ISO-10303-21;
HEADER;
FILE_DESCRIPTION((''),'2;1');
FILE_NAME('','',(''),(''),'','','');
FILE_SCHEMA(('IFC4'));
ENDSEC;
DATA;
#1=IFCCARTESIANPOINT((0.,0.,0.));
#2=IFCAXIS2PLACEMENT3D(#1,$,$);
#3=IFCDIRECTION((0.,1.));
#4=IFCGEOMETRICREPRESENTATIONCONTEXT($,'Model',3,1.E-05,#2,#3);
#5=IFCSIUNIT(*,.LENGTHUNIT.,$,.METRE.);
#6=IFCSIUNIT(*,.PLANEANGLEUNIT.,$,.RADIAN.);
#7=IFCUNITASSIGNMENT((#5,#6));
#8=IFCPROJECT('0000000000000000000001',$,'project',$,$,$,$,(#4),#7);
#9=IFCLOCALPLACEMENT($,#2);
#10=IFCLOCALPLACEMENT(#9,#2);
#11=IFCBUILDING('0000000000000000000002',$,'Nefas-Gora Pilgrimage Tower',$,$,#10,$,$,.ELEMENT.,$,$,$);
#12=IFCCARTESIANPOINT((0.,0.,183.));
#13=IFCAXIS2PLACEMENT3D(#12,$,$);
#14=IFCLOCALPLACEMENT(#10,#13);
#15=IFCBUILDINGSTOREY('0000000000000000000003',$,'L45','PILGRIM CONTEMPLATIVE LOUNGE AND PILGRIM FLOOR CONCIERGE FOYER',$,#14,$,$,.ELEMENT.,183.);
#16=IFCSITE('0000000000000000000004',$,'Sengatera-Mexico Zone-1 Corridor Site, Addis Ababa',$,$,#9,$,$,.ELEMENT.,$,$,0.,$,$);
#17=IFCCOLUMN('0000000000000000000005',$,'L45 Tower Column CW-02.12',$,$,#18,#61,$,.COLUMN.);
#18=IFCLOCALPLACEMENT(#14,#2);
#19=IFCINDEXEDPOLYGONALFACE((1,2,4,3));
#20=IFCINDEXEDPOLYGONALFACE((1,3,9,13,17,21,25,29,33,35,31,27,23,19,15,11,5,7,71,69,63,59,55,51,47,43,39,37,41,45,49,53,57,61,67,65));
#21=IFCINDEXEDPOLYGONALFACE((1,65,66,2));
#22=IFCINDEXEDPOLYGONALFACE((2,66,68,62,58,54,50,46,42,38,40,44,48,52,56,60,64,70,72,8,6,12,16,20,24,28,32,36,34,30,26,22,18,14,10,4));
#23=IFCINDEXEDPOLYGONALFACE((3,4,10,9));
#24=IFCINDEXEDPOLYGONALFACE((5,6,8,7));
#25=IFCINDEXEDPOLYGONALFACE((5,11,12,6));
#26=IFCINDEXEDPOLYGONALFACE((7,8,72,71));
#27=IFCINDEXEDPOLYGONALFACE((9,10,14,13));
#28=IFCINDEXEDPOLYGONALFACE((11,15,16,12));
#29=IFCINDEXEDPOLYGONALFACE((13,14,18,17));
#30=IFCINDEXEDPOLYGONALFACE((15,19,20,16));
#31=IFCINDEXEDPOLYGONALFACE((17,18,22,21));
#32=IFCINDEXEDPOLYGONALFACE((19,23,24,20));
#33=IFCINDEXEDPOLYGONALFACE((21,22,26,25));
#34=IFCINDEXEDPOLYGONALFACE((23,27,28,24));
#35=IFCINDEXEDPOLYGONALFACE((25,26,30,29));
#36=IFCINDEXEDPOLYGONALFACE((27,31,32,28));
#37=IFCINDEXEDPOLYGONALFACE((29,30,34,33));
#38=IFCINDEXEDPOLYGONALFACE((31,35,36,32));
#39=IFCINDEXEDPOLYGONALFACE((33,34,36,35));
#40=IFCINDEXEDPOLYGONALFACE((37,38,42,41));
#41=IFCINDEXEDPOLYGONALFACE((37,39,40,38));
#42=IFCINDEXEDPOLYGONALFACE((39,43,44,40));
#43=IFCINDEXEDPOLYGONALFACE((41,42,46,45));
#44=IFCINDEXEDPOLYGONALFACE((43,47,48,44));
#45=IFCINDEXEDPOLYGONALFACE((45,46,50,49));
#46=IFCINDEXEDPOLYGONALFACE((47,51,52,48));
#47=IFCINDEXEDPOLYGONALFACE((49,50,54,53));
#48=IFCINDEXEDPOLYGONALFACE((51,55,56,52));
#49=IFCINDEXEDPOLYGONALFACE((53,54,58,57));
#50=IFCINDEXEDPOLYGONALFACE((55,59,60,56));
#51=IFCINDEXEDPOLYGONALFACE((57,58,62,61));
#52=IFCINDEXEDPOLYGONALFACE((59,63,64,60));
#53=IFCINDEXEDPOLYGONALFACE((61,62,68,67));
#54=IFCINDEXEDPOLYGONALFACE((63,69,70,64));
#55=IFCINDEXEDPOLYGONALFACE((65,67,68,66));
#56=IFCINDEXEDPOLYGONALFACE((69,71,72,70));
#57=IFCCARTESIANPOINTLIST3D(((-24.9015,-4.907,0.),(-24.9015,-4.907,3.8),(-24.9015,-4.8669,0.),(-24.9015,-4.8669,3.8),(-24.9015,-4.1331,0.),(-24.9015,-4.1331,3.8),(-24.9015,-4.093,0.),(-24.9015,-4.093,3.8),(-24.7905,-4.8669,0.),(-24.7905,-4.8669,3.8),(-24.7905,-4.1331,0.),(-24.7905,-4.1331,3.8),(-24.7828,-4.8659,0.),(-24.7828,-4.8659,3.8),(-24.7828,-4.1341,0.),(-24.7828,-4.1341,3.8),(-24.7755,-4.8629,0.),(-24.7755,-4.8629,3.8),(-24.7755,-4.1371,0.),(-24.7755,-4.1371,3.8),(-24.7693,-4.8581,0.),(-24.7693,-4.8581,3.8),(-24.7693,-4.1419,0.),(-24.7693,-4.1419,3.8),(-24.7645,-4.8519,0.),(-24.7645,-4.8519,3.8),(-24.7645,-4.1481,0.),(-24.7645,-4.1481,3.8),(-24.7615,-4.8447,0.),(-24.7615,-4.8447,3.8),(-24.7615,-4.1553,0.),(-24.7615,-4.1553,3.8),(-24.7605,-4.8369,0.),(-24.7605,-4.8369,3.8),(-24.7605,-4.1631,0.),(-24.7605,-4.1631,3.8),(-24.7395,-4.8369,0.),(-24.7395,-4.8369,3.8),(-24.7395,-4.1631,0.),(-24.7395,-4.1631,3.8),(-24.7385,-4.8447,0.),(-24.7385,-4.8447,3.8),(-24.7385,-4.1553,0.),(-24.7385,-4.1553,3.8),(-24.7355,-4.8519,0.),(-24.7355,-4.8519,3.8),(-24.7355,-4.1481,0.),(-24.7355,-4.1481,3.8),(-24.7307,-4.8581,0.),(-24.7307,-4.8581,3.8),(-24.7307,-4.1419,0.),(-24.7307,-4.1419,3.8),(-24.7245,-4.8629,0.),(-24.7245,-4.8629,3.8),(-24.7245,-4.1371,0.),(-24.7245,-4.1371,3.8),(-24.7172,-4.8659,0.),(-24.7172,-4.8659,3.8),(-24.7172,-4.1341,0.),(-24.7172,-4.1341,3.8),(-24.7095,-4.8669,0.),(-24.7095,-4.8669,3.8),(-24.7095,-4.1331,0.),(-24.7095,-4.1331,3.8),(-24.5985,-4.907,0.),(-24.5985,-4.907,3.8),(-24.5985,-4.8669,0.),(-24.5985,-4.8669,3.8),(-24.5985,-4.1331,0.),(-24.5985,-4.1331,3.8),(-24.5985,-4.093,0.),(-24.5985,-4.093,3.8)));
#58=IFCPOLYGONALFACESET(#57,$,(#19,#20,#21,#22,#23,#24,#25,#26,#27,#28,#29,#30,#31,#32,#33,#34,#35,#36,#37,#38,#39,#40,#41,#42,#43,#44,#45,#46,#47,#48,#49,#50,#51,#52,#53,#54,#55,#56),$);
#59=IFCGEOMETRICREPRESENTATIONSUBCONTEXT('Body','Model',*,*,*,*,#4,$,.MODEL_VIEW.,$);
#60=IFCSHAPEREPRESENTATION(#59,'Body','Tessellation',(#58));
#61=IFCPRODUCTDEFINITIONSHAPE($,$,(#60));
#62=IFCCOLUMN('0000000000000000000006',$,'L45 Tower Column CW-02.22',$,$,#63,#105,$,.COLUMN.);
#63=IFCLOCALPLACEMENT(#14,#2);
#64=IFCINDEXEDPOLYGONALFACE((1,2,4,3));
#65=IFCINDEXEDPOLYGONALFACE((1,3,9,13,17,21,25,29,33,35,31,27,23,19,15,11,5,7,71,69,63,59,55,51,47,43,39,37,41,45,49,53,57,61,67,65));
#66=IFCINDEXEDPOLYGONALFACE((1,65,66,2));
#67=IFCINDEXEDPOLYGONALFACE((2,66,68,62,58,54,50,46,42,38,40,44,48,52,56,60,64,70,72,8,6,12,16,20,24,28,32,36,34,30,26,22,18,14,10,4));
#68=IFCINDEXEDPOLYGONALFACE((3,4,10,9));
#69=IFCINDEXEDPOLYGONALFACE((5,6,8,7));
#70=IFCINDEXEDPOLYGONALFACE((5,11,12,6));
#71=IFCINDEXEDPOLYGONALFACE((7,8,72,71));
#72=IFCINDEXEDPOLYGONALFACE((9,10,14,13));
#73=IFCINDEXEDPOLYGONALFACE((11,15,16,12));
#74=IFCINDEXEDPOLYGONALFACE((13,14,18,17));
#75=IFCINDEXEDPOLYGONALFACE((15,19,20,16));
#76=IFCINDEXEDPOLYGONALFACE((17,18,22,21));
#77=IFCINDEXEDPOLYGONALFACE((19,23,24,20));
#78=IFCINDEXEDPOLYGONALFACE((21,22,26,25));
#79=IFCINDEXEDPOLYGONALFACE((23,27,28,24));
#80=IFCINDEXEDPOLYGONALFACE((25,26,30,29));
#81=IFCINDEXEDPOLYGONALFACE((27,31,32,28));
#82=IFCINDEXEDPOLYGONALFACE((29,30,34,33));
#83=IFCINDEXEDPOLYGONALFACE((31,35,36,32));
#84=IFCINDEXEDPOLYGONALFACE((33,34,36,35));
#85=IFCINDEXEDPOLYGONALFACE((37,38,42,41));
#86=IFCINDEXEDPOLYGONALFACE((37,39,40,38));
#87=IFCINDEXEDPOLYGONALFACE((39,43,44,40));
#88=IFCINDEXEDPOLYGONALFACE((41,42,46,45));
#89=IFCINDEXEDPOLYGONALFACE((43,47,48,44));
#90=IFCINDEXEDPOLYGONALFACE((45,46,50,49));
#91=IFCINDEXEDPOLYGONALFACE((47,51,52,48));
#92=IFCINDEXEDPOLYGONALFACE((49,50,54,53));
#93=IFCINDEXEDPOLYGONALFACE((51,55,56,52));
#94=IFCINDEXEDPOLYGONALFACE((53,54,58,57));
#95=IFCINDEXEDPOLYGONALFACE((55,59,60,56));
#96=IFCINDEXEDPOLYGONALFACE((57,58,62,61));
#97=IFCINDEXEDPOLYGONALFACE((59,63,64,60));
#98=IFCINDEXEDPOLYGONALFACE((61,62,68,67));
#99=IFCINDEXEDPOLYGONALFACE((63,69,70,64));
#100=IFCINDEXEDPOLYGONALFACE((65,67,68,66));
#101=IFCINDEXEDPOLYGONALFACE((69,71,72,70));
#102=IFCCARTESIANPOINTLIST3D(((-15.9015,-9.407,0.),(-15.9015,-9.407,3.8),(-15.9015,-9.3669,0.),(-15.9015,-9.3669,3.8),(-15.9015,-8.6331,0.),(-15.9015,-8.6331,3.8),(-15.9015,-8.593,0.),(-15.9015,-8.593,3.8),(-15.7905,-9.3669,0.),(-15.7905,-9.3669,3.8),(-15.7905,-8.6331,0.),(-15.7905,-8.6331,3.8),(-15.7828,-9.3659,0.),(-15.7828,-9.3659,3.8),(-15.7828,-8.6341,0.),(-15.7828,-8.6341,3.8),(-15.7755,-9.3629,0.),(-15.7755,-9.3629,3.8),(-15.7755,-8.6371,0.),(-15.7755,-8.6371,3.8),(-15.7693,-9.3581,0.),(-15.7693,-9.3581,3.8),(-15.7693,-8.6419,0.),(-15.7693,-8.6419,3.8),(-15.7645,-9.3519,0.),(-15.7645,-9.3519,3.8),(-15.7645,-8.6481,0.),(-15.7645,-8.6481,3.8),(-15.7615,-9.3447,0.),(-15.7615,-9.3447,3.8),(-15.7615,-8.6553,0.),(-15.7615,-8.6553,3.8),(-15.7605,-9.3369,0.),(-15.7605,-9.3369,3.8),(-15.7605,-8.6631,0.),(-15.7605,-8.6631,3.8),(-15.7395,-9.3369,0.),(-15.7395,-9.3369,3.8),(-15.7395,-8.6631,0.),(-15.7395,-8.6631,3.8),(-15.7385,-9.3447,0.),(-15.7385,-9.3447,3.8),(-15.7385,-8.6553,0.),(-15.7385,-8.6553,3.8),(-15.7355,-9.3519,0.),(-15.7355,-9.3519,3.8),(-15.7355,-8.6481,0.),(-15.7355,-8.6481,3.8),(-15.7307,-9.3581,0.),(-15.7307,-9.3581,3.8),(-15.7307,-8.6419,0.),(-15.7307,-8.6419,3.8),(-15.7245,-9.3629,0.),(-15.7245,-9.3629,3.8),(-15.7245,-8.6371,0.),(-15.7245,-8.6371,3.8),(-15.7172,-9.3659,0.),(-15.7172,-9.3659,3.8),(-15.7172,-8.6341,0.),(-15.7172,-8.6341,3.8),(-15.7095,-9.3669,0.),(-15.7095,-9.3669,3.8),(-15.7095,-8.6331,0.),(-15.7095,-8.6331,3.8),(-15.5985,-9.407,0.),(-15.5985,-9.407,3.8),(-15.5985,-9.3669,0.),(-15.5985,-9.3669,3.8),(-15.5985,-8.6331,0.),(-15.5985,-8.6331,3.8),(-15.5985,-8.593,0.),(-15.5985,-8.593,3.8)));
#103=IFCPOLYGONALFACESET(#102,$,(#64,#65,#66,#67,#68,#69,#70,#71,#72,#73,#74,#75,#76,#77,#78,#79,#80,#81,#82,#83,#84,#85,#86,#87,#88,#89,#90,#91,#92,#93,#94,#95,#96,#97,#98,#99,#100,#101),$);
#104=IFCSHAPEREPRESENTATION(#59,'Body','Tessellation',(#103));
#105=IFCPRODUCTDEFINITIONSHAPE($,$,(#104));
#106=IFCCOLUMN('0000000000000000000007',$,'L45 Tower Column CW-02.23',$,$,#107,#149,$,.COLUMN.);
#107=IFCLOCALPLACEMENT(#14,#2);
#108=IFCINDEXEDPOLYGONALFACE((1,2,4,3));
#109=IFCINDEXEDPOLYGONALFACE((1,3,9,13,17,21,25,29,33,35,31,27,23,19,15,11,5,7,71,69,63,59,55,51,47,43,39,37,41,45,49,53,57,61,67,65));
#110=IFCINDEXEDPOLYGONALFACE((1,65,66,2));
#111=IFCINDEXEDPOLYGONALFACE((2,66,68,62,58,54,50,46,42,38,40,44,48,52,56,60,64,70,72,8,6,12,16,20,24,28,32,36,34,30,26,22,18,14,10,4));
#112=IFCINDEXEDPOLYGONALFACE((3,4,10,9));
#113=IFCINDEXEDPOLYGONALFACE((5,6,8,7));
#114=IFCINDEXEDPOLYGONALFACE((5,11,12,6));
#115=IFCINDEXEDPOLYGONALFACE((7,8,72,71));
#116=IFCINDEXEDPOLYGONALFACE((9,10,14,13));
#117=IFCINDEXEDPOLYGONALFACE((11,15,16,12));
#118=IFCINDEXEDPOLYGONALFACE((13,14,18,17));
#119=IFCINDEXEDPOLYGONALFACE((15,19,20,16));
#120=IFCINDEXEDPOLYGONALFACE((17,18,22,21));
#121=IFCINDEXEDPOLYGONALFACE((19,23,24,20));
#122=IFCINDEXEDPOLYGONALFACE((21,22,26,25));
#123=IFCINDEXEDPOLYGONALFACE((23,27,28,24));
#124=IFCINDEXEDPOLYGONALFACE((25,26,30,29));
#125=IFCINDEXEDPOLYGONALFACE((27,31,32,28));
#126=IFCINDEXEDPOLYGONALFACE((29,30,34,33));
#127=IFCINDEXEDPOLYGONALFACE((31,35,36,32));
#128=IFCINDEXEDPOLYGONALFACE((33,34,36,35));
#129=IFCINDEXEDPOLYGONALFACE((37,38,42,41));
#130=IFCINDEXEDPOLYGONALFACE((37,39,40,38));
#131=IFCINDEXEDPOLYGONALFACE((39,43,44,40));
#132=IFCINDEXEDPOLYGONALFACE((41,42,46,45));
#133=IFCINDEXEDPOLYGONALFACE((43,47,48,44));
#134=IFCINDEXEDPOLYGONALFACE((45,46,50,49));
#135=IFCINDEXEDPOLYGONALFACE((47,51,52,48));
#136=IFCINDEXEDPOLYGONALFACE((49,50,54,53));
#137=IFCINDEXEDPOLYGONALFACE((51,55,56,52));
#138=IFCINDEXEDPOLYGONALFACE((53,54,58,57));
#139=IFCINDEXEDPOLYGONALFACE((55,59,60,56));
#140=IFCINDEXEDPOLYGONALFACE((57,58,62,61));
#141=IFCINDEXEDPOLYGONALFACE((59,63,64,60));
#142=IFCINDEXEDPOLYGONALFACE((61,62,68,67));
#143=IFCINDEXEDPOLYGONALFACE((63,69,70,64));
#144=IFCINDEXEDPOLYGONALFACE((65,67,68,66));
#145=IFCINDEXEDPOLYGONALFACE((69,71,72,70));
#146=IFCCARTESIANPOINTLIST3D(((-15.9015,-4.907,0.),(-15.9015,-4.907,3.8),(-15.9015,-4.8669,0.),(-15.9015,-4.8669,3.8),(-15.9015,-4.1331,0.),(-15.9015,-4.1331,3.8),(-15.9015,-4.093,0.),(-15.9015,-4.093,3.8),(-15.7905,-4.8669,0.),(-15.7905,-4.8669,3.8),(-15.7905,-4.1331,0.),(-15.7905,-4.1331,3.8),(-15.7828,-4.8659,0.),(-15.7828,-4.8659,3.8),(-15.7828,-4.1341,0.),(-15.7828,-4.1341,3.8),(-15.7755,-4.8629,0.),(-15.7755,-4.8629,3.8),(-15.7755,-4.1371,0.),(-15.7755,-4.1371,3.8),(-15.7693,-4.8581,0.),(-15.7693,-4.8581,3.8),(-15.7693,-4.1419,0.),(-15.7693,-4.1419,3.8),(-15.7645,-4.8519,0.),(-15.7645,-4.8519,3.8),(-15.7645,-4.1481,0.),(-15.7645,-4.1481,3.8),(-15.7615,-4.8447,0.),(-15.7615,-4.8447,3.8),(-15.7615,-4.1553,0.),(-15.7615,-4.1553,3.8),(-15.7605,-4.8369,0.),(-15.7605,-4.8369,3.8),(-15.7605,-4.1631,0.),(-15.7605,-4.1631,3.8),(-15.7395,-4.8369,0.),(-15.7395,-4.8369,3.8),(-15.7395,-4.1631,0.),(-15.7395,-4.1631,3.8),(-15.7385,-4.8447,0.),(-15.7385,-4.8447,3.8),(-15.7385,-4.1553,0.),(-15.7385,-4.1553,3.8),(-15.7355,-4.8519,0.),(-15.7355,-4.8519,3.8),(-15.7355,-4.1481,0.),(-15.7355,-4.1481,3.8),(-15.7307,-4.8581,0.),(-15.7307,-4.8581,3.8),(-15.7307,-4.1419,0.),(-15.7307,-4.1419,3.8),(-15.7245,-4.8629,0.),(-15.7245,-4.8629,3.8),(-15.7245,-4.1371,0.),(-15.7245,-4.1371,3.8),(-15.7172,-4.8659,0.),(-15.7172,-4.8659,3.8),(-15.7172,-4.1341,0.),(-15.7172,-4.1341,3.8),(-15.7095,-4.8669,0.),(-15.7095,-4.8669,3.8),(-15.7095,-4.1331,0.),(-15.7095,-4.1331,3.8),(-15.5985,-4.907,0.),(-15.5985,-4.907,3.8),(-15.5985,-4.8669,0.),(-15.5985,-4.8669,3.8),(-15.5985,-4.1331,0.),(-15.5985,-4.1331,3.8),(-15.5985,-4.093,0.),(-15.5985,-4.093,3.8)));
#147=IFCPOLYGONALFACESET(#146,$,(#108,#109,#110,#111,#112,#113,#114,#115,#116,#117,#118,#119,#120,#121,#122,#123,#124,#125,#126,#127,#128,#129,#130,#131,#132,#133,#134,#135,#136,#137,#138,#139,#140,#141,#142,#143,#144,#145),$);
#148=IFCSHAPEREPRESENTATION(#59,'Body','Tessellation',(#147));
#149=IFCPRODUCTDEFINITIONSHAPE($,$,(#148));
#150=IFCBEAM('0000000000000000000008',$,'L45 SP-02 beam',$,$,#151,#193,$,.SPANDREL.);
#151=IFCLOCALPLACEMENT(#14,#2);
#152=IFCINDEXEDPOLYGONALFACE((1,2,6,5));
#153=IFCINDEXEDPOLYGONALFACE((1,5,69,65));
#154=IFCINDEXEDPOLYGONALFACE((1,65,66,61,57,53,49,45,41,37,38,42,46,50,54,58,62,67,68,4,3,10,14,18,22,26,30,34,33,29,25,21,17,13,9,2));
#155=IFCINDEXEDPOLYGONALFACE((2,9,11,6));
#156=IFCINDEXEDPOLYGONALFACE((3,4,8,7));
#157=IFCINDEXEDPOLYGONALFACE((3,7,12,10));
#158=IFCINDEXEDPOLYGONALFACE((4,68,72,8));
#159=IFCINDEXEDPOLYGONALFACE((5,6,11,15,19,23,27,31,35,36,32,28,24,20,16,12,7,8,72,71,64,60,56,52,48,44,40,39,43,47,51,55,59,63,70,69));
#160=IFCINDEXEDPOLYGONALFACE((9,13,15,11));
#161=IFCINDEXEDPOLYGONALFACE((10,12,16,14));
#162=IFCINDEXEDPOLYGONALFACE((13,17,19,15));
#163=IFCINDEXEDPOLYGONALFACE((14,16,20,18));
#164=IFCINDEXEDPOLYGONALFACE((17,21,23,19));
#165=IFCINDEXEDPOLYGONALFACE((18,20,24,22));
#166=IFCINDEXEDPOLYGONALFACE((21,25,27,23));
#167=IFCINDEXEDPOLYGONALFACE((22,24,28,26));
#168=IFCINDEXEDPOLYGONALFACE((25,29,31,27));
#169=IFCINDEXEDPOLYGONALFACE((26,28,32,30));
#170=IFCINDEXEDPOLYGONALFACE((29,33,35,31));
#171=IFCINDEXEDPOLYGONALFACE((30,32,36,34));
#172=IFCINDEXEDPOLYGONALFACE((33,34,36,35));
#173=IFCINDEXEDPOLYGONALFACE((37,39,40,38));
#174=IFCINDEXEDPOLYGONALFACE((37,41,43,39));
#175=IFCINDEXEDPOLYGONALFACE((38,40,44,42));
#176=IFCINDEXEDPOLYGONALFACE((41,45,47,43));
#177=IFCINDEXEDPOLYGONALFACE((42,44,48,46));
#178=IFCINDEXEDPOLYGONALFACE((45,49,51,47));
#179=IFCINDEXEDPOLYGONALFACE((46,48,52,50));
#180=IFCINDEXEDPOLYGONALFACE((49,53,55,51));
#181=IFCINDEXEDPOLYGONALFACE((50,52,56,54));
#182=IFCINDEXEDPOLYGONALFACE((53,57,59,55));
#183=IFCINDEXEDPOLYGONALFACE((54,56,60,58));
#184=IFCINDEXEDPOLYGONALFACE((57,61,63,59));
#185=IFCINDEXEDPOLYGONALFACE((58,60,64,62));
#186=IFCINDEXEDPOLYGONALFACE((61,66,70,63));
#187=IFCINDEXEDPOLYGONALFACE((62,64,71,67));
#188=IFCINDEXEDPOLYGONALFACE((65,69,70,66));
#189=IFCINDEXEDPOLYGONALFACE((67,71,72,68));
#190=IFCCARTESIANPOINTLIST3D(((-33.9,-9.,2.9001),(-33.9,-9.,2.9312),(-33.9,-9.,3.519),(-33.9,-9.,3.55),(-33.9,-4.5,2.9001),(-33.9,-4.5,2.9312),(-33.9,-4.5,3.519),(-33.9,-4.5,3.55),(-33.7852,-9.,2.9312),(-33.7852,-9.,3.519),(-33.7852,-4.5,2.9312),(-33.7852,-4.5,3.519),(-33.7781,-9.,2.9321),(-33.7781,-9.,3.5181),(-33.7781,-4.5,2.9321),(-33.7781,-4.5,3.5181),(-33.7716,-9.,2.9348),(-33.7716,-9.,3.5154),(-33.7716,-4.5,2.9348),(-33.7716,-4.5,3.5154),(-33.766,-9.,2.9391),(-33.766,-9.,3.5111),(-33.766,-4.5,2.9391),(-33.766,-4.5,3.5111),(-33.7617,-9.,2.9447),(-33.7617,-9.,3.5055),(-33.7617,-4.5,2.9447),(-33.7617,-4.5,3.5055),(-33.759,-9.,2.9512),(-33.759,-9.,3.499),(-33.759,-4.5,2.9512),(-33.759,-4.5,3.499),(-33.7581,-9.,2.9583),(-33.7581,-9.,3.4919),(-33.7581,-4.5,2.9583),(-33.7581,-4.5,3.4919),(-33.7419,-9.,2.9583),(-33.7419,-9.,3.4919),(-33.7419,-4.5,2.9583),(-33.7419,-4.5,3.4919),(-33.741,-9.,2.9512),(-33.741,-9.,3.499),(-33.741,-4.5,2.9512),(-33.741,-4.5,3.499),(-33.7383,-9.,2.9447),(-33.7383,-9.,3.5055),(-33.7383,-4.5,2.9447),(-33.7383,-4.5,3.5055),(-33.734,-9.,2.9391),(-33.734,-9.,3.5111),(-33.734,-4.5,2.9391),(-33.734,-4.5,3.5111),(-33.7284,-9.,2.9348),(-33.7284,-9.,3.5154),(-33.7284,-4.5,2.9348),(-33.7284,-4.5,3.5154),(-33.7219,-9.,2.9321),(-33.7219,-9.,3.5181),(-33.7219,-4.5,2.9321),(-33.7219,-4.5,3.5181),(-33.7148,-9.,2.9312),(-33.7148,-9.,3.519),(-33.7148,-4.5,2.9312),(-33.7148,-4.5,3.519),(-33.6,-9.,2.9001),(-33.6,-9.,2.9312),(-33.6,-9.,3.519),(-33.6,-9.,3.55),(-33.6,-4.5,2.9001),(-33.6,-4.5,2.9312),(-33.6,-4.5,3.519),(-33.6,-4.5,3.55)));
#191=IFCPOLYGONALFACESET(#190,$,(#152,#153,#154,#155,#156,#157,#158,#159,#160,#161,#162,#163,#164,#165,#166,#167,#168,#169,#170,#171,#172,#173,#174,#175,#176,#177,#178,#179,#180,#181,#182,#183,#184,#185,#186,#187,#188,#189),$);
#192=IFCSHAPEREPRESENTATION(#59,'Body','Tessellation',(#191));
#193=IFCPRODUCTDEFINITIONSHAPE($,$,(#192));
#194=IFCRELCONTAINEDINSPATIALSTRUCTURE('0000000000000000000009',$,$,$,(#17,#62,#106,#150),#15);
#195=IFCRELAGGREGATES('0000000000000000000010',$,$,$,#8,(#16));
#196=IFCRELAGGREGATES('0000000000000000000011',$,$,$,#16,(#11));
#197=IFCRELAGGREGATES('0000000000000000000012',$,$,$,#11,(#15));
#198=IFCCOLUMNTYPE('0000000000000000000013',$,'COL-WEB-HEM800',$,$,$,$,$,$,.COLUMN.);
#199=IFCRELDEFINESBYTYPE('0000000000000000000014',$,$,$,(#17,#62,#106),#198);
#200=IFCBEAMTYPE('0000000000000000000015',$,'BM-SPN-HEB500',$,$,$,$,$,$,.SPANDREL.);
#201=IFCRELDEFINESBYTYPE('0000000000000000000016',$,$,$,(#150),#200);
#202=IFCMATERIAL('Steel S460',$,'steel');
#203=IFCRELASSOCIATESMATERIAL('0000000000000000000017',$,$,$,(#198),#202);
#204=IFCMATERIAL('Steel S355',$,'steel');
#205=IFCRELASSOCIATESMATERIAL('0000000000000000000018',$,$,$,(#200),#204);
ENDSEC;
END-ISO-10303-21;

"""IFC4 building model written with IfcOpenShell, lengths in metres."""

from ifc_helpers import new_model, si_unit, direction, frame, origin, origin_2d, place, context, subcontext, project, spatial, i_section, extrude, source, transform, mapped, material, material_profile, profile_set, type_object, element, save


model = new_model("IFC4")

# Units and contexts
model_context = context("Model", 3, precision=1e-05, world=origin(), true_north=direction((0.0, 1.0)))
body_context = subcontext(model_context, "Body", "Model", "MODEL_VIEW")
ifc_project = project(units=[si_unit("LENGTHUNIT", "METRE"), si_unit("PLANEANGLEUNIT", "RADIAN")], contexts=[model_context])

# Site, building, storey
site_placement = place(None, origin())
site = spatial("IfcSite", under=ifc_project, at=site_placement, Name="Sengatera-Mexico Zone-1 Corridor Site, Addis Ababa", CompositionType="ELEMENT", RefElevation=0.0)
building_placement = place(site_placement, origin())
building = spatial("IfcBuilding", under=site, at=building_placement, Name="Nefas-Gora Pilgrimage Tower", CompositionType="ELEMENT")
storey_placement = place(building_placement, frame((0.0, 0.0, 183.0)))
storey = spatial("IfcBuildingStorey", under=building, at=storey_placement, Name="L45", Description="PILGRIM CONTEMPLATIVE LOUNGE AND PILGRIM FLOOR CONCIERGE FOYER", CompositionType="ELEMENT", Elevation=183.0)

# Columns
ifc_material_1 = material(Name="Steel S460", Category="steel")
ifc_material_profile_1 = material_profile(ifc_material_1, i_section(OverallWidth=0.303, OverallDepth=0.814, WebThickness=0.021, FlangeThickness=0.04, FilletRadius=0.03, at=origin_2d()), Name="HEM 800")
ifc_profile_set_1 = profile_set([ifc_material_profile_1], Name="Steel S460")
column_type_1 = type_object("IfcColumnType", Name="COL-WEB-HEM800", PredefinedType="COLUMN", material=ifc_profile_set_1)
shared_shape_1 = source(origin(), body_context, "Body", "SweptSolid", [
    extrude(i_section(OverallWidth=0.303, OverallDepth=0.814, WebThickness=0.021, FlangeThickness=0.04, FilletRadius=0.03, at=origin_2d()), origin(), (0.0, 0.0, 1.0), 3.8),
])
for number, where, z_axis, x_axis, name in (
    (1, (-24.75, -4.5, 0.0), (0.0, 0.0, 1.0), (1.0, 0.0, 0.0), "L45 Tower Column CW-02.12"),
    (2, (-15.75, -9.0, 0.0), (0.0, 0.0, 1.0), (1.0, 0.0, 0.0), "L45 Tower Column CW-02.22"),
    (3, (-15.75, -4.5, 0.0), (0.0, 0.0, 1.0), (1.0, 0.0, 0.0), "L45 Tower Column CW-02.23"),
):
    element("IfcColumn", number, at=place(storey_placement, frame(where, z_axis=z_axis, x_axis=x_axis)), inside=storey, type_object=column_type_1, Name=name, PredefinedType="COLUMN", context=body_context, shape_type="MappedRepresentation", body=[
        mapped(shared_shape_1, transform((0.0, 0.0, 0.0), x_axis=(1.0, 0.0, 0.0), y_axis=(0.0, 1.0, 0.0), z_axis=(0.0, 0.0, 1.0), scale=1.0)),
    ])

# Beam
ifc_material_2 = material(Name="Steel S355", Category="steel")
ifc_material_profile_2 = material_profile(ifc_material_2, i_section(OverallWidth=0.3, OverallDepth=0.6499, WebThickness=0.0161, FlangeThickness=0.031, FilletRadius=0.0271, at=origin_2d()), Name="HEB 650")
ifc_profile_set_2 = profile_set([ifc_material_profile_2], Name="Steel S355")
beam_type_1 = type_object("IfcBeamType", Name="BM-SPN-HEB500", PredefinedType="SPANDREL", material=ifc_profile_set_2)
shared_shape_2 = source(origin(), body_context, "Body", "SweptSolid", [
    extrude(i_section(OverallWidth=0.3, OverallDepth=0.6499, WebThickness=0.0161, FlangeThickness=0.031, FilletRadius=0.0271, at=origin_2d()), origin(), (0.0, 0.0, 1.0), 4.5),
])
for number, where, z_axis, x_axis, name in (
    (4, (-33.75, -9.0, 3.2251), (0.0, 1.0, 0.0), (-1.0, 0.0, 0.0), "L45 SP-02 beam"),
):
    element("IfcBeam", number, at=place(storey_placement, frame(where, z_axis=z_axis, x_axis=x_axis)), inside=storey, type_object=beam_type_1, Name=name, PredefinedType="SPANDREL", context=body_context, shape_type="MappedRepresentation", body=[
        mapped(shared_shape_2, transform((0.0, 0.0, 0.0), x_axis=(1.0, 0.0, 0.0), y_axis=(0.0, 1.0, 0.0), z_axis=(0.0, 0.0, 1.0), scale=1.0)),
    ])

save(model, "model.ifc")
